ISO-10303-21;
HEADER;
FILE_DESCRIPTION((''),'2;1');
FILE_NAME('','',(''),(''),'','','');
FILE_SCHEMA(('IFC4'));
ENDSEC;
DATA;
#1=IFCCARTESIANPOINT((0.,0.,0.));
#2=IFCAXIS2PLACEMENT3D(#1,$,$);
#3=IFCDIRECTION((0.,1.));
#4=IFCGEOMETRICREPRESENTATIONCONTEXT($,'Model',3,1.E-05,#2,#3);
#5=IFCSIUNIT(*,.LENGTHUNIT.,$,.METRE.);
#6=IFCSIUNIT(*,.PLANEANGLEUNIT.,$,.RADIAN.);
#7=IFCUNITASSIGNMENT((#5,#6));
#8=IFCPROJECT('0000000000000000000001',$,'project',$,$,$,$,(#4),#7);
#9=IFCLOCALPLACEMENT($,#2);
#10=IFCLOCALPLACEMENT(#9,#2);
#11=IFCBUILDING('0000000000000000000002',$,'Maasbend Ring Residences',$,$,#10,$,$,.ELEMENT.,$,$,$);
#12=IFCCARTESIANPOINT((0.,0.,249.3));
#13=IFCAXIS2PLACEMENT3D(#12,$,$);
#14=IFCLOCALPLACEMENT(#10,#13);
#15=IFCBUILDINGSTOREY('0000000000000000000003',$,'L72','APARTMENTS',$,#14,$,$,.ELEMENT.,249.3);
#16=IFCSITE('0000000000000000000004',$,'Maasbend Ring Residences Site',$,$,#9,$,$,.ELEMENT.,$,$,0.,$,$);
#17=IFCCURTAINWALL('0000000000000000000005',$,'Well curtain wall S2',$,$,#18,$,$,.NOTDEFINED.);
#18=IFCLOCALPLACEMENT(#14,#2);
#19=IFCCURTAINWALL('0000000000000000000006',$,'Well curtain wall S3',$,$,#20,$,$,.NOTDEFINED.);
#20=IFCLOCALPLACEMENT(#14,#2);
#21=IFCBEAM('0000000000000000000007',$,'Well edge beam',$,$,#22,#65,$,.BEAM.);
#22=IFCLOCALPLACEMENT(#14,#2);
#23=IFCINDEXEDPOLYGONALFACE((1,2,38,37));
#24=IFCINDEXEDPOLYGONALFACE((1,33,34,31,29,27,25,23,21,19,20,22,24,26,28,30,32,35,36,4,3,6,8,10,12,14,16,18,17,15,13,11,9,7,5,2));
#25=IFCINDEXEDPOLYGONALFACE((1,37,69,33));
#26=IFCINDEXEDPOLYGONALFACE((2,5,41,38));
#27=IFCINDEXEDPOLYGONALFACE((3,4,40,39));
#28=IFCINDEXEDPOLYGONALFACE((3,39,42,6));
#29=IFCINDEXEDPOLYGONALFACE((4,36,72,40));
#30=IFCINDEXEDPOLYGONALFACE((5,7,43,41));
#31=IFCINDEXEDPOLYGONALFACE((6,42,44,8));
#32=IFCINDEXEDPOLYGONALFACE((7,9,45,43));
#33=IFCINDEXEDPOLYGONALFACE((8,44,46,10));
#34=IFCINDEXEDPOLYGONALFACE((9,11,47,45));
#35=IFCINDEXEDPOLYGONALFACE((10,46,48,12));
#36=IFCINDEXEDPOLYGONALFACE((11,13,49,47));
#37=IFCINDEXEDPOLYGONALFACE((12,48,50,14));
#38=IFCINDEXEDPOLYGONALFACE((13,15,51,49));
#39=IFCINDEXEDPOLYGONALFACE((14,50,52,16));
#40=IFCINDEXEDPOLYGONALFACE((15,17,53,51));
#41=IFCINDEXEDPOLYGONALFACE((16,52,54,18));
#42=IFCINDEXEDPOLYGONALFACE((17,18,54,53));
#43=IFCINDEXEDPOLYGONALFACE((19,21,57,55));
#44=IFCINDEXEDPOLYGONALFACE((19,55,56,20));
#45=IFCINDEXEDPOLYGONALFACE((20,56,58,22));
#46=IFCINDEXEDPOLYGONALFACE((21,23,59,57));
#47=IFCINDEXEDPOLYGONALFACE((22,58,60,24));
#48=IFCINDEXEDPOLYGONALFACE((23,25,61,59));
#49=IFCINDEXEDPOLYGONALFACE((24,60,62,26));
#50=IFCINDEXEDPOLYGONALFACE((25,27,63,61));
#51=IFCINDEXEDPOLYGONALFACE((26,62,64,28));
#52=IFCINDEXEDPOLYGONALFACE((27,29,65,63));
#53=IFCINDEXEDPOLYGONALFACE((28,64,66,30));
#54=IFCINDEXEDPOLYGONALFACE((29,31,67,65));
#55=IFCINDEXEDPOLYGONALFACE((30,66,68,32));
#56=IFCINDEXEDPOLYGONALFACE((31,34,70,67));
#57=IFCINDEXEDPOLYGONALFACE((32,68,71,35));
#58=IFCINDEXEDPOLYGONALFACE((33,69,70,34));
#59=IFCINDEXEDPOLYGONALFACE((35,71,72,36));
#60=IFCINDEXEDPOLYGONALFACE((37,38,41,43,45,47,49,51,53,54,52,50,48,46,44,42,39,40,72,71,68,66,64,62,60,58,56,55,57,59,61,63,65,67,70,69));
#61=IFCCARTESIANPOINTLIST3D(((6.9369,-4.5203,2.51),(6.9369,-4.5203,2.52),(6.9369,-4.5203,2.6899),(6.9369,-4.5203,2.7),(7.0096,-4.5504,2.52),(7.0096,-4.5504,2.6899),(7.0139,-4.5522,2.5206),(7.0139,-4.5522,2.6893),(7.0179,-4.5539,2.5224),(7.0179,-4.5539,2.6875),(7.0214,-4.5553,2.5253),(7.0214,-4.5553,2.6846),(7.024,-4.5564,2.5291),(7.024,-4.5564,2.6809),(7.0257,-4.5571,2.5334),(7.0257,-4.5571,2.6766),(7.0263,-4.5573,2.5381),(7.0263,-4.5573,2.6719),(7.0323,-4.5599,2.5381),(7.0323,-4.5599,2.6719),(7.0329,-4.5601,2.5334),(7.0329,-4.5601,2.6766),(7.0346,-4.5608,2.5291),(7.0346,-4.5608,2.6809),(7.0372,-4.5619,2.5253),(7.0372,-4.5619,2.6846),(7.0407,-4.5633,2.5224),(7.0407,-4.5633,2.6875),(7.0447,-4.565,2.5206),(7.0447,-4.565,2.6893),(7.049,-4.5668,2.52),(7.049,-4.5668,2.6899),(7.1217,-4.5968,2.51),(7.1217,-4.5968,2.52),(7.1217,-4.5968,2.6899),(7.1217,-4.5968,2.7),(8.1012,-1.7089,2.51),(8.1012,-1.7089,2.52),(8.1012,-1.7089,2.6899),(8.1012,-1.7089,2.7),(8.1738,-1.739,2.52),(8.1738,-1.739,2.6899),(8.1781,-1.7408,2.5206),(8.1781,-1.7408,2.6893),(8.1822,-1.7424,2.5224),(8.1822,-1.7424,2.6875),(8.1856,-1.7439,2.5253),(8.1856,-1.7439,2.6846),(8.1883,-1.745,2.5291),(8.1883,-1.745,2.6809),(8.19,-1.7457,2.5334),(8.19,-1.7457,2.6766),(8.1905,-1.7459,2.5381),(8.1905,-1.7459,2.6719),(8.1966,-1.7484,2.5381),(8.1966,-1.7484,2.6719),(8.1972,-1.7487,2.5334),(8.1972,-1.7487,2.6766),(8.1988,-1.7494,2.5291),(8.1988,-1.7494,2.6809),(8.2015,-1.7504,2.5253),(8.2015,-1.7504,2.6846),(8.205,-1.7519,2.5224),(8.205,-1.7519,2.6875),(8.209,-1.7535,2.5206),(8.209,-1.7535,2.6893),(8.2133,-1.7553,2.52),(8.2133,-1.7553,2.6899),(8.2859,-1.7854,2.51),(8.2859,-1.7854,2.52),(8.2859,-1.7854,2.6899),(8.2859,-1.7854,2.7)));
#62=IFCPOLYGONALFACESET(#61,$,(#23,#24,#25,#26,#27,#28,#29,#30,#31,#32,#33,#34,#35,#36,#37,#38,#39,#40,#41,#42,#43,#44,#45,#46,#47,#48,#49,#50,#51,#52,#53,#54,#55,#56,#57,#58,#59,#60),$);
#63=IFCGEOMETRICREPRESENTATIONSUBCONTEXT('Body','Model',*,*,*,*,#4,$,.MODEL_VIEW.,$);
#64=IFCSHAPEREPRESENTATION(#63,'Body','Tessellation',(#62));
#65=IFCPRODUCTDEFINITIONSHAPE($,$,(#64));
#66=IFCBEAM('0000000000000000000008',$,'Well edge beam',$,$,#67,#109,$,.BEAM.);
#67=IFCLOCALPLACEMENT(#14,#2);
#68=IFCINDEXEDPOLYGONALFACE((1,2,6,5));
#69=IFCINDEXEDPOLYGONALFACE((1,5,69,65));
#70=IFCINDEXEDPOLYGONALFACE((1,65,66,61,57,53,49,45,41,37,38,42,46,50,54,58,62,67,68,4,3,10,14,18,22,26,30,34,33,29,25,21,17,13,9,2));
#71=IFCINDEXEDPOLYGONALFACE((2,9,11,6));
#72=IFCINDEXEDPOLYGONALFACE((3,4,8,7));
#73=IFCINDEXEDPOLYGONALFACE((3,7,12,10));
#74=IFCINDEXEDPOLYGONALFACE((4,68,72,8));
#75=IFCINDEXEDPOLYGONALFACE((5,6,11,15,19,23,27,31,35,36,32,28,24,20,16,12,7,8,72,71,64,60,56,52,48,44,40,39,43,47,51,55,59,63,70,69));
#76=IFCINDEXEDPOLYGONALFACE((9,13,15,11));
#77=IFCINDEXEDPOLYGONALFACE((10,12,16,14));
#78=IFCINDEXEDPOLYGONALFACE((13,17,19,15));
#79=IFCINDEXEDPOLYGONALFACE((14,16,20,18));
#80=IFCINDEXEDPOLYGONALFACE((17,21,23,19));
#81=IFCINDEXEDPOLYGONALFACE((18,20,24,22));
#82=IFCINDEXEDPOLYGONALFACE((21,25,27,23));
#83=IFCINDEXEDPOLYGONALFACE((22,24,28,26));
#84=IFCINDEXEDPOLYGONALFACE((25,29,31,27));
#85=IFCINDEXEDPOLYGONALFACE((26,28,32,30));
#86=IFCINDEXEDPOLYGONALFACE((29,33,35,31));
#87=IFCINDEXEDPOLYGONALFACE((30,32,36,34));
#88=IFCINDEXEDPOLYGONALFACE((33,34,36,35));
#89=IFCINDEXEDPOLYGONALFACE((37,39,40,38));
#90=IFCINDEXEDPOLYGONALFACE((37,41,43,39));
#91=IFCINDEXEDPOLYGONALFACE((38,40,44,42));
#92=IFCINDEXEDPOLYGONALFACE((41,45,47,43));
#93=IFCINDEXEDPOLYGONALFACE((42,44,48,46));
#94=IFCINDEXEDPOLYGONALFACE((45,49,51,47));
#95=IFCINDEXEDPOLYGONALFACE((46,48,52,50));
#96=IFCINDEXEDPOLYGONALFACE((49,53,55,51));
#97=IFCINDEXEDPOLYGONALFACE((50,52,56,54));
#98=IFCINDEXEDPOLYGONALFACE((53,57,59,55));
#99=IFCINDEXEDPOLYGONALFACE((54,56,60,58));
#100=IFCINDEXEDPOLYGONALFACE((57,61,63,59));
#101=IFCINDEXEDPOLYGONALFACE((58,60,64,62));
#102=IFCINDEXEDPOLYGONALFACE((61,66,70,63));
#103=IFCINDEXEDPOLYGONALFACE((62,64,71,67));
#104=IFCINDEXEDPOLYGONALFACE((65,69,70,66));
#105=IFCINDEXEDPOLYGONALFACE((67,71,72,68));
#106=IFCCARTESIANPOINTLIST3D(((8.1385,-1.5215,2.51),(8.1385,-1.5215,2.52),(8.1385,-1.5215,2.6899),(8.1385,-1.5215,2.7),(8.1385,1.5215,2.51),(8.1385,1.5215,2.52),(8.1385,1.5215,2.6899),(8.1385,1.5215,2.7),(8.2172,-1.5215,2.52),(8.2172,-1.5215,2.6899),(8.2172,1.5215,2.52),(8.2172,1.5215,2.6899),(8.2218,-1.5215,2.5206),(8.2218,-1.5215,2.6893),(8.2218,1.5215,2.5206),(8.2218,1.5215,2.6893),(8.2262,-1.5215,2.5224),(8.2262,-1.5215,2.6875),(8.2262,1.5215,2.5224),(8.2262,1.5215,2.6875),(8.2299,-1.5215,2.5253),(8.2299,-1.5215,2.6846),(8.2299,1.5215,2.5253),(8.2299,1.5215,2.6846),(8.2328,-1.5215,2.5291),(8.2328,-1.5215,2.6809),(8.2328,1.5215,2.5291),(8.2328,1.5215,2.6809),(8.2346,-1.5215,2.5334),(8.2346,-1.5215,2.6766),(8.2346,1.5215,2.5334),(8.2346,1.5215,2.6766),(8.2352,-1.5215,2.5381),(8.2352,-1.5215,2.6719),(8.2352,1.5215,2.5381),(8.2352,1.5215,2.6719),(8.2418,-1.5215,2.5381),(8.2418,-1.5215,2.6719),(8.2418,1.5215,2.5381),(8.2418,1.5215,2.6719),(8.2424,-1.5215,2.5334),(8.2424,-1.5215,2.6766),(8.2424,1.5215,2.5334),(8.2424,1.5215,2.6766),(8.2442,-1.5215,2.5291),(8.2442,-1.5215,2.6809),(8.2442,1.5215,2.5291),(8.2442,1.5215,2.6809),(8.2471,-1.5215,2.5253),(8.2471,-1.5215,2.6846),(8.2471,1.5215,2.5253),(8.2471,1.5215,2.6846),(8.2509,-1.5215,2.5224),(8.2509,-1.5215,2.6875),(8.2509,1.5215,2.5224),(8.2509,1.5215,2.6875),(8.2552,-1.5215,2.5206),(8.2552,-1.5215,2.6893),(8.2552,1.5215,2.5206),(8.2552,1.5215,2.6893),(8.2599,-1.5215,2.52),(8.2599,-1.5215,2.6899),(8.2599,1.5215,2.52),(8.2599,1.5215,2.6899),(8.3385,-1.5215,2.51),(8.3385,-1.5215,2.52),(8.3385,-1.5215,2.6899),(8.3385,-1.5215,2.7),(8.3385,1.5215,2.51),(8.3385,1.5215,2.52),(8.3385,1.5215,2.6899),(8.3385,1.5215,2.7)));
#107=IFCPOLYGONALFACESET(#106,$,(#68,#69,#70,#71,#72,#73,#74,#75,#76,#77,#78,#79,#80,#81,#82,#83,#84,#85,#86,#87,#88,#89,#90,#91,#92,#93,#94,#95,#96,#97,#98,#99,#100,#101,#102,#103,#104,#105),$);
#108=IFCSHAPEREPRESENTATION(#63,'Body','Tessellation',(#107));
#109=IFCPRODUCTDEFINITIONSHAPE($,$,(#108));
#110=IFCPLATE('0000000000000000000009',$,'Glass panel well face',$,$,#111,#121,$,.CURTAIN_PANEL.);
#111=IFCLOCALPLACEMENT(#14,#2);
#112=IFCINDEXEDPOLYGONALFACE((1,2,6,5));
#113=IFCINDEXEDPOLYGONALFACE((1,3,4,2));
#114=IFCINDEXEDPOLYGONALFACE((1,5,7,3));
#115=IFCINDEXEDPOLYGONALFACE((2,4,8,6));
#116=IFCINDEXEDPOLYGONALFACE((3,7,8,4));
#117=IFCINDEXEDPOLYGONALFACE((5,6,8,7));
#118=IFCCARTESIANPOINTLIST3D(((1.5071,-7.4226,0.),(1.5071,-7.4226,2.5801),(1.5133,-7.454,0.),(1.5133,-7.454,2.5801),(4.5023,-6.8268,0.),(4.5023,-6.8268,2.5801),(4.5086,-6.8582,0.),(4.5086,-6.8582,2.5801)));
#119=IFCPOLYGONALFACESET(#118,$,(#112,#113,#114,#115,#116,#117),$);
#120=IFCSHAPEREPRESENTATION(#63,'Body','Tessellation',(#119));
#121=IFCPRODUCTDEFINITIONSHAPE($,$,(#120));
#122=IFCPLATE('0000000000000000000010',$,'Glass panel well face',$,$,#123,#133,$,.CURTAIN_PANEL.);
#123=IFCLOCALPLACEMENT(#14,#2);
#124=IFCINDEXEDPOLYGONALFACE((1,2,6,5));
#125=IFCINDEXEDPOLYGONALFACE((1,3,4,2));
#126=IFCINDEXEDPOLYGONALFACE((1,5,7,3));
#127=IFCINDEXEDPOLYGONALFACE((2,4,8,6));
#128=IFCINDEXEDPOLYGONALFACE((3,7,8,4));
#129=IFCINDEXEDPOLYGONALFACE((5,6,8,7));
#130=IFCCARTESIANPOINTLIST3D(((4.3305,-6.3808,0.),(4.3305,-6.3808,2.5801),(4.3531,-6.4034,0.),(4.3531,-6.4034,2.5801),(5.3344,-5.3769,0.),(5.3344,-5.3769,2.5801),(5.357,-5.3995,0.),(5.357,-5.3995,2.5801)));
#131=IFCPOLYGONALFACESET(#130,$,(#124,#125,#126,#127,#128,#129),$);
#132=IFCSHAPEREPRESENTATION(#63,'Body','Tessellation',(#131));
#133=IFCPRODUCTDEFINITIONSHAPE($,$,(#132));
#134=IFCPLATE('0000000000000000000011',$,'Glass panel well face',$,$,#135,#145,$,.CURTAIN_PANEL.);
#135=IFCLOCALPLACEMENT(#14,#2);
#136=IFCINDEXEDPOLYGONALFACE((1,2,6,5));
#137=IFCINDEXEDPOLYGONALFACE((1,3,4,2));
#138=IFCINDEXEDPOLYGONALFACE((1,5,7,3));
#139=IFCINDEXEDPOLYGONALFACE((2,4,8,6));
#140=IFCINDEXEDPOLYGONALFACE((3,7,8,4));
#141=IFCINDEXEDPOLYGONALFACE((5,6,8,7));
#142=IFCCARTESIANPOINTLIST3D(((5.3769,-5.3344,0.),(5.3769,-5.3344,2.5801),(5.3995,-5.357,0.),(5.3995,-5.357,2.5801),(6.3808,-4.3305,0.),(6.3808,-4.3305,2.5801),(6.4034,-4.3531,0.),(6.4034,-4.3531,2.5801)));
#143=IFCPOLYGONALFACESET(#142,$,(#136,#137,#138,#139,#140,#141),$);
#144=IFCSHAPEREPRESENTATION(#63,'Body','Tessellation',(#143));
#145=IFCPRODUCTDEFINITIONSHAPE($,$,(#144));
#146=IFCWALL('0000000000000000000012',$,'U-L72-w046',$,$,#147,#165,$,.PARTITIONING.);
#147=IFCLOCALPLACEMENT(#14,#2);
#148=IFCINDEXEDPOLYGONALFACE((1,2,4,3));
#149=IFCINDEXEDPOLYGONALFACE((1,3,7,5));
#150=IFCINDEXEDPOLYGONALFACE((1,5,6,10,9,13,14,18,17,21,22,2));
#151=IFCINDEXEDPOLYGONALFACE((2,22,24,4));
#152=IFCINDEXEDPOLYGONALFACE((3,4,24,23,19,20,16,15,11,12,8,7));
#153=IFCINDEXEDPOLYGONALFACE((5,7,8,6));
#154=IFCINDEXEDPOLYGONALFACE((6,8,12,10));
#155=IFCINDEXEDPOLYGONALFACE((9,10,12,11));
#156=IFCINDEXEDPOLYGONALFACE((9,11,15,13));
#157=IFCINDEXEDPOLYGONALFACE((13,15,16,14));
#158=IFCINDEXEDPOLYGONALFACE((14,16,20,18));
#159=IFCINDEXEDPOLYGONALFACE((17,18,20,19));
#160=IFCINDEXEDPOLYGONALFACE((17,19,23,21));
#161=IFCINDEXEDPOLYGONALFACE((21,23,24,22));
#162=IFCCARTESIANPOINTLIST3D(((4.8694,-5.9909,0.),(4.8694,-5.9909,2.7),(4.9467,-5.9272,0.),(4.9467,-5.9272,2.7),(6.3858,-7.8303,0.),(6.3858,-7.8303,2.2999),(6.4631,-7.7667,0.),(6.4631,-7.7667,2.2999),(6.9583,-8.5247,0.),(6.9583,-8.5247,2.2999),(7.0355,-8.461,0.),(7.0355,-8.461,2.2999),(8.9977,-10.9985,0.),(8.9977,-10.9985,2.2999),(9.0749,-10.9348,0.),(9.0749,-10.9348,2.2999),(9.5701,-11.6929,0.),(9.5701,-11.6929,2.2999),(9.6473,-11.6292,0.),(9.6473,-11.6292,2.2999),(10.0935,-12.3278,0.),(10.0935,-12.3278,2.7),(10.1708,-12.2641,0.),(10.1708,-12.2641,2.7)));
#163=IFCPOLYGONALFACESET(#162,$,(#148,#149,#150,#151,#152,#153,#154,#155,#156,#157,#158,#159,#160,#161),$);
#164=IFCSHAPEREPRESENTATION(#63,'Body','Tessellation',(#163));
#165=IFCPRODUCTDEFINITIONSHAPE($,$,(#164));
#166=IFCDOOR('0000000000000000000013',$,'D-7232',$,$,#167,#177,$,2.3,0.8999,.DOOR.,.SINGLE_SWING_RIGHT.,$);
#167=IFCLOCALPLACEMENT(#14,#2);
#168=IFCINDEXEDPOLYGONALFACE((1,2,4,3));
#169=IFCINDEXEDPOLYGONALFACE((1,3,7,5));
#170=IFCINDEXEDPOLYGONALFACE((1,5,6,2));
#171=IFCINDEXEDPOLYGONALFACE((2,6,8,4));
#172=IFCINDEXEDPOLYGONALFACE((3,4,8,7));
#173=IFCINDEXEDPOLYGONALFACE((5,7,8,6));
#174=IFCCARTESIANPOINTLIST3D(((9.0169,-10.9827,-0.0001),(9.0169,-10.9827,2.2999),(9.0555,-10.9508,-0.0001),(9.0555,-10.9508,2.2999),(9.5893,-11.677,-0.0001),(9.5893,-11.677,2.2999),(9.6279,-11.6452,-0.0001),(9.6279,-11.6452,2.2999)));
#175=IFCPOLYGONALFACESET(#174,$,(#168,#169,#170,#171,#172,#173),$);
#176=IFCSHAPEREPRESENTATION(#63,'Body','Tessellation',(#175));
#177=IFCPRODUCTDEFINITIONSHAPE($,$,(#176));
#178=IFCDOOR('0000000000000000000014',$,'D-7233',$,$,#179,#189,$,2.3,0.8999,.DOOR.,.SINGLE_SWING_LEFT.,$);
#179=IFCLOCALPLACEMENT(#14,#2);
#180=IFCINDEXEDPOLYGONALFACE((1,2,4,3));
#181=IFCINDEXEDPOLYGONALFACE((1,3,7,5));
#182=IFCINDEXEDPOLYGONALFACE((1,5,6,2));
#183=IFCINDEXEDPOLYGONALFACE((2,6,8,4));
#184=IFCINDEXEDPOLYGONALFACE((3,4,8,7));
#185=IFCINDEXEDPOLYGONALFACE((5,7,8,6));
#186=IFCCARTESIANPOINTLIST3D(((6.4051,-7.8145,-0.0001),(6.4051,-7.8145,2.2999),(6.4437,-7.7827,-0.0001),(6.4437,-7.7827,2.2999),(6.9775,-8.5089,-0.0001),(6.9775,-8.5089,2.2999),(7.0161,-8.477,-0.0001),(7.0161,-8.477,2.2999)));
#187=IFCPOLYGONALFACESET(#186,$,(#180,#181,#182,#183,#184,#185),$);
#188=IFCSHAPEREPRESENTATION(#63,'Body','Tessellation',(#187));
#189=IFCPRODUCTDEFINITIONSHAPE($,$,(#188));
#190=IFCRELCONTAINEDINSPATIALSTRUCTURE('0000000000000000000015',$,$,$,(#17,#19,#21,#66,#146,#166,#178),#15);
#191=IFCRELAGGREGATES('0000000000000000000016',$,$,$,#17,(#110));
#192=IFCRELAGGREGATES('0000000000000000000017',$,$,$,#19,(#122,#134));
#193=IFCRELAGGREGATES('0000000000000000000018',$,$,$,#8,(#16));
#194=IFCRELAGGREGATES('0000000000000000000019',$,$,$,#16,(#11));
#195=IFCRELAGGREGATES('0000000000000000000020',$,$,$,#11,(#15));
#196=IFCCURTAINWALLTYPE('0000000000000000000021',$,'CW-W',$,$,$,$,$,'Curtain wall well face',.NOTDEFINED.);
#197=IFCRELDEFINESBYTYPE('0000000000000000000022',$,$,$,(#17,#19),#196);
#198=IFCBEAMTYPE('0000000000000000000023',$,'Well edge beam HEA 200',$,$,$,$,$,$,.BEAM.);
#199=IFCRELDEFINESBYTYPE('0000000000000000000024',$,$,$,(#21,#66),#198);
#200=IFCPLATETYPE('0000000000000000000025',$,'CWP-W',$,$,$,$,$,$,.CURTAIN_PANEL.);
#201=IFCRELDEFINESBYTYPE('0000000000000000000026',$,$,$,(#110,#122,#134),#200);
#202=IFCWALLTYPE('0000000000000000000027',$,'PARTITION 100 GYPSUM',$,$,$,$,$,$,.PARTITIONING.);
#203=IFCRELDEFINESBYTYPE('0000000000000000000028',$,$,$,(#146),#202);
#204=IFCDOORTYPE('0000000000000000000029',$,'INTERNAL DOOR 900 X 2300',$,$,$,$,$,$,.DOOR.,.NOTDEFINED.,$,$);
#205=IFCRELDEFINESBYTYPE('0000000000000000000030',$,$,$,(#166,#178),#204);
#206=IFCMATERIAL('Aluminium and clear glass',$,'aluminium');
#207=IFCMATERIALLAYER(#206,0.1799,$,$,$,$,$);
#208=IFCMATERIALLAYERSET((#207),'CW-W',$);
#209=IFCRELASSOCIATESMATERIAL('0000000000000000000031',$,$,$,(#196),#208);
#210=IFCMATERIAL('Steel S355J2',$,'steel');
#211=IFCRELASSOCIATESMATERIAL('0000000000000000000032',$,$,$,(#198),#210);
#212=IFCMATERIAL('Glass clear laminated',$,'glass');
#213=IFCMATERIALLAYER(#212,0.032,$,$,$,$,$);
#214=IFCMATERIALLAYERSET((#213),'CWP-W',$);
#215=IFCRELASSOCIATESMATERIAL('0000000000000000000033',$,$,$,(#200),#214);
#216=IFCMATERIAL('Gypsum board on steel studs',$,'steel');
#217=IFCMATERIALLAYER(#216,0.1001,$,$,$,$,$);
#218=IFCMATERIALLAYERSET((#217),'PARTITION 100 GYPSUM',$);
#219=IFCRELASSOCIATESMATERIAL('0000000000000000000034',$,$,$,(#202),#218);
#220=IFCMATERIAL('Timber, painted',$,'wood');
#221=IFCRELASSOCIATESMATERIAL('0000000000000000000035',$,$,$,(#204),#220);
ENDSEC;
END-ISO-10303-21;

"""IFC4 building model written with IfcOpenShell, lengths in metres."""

from ifc_helpers import new_model, si_unit, direction, frame, frame_2d, origin, origin_2d, place, context, subcontext, project, spatial, rectangle, i_section, extrude, material, layer, layer_set, material_profile, profile_set, type_object, element, fill, aggregate, save


model = new_model("IFC4")

# Units and contexts
model_context = context("Model", 3, precision=1e-05, world=origin(), true_north=direction((0.0, 1.0)))
body_context = subcontext(model_context, "Body", "Model", "MODEL_VIEW")
ifc_project = project(units=[si_unit("LENGTHUNIT", "METRE"), si_unit("PLANEANGLEUNIT", "RADIAN")], contexts=[model_context])

# Site, building, storey
site_placement = place(None, origin())
site = spatial("IfcSite", under=ifc_project, at=site_placement, Name="Maasbend Ring Residences Site", CompositionType="ELEMENT", RefElevation=0.0)
building_placement = place(site_placement, origin())
building = spatial("IfcBuilding", under=site, at=building_placement, Name="Maasbend Ring Residences", CompositionType="ELEMENT")
storey_placement = place(building_placement, frame((0.0, 0.0, 249.3)))
storey = spatial("IfcBuildingStorey", under=building, at=storey_placement, Name="L72", Description="APARTMENTS", CompositionType="ELEMENT", Elevation=249.3)

# Curtain wall
ifc_material_1 = material(Name="Aluminium and clear glass", Category="aluminium")
ifc_layer_1 = layer(ifc_material_1, 0.1799)
ifc_layer_set_1 = layer_set([ifc_layer_1], Name="CW-W")
curtain_wall_type = type_object("IfcCurtainWallType", Name="CW-W", ElementType="Curtain wall well face", PredefinedType="NOTDEFINED", material=ifc_layer_set_1)
curtain_wall_1_placement = place(storey_placement, origin())
curtain_wall_1 = element("IfcCurtainWall", 1, at=curtain_wall_1_placement, inside=storey, type_object=curtain_wall_type, Name="Well curtain wall S2", PredefinedType="NOTDEFINED")

# Curtain wall
curtain_wall_2_placement = place(storey_placement, origin())
curtain_wall_2 = element("IfcCurtainWall", 2, at=curtain_wall_2_placement, inside=storey, type_object=curtain_wall_type, Name="Well curtain wall S3", PredefinedType="NOTDEFINED")

# Beams
ifc_material_2 = material(Name="Steel S355J2", Category="steel")
ifc_material_profile_1 = material_profile(ifc_material_2, i_section(OverallWidth=0.2, OverallDepth=0.1899, WebThickness=0.0066, FlangeThickness=0.01, FilletRadius=0.0181, at=origin_2d()), Name="HEA 200")
ifc_profile_set_1 = profile_set([ifc_material_profile_1], Name="Steel S355J2")
beam_type = type_object("IfcBeamType", Name="Well edge beam HEA 200", PredefinedType="BEAM", material=ifc_profile_set_1)
for number, where, z_axis, x_axis, name in (
    (3, (7.0293, -4.5586, 2.605), (0.382609, 0.92391, 0.0), (-0.92391, 0.382609, 0.0), "Well edge beam"),
    (4, (8.2385, -1.5215, 2.605), (0.0, 1.0, 0.0), (-1.0, 0.0, 0.0), "Well edge beam"),
):
    element("IfcBeam", number, at=place(storey_placement, frame(where, z_axis=z_axis, x_axis=x_axis)), inside=storey, type_object=beam_type, Name=name, PredefinedType="BEAM", context=body_context, shape_type="SweptSolid", body=[
        extrude(i_section(OverallWidth=0.2, OverallDepth=0.1899, WebThickness=0.0066, FlangeThickness=0.01, FilletRadius=0.0181, at=origin_2d()), origin(), (0.0, 0.0, 1.0), 3.043),
    ])

# Plates
ifc_material_3 = material(Name="Glass clear laminated", Category="glass")
ifc_layer_2 = layer(ifc_material_3, 0.032)
ifc_layer_set_2 = layer_set([ifc_layer_2], Name="CWP-W")
plate_type = type_object("IfcPlateType", Name="CWP-W", PredefinedType="CURTAIN_PANEL", material=ifc_layer_set_2)
plate_1_placement = place(storey_placement, frame((3.0078, -7.1404, 0.0), z_axis=(0.0, 0.0, 1.0), x_axis=(0.980785, 0.19509, 0.0)))
plate_1 = element("IfcPlate", 5, at=plate_1_placement, type_object=plate_type, Name="Glass panel well face", PredefinedType="CURTAIN_PANEL", context=body_context, shape_type="SweptSolid", body=[
    extrude(rectangle(XDim=3.054, YDim=0.032, at=origin_2d()), origin(), (0.0, 0.0, 1.0), 2.5801),
])
aggregate(curtain_wall_1, [plate_1])
plate_2_placement = place(storey_placement, frame((4.8438, -5.8901, 0.0), z_axis=(0.0, 0.0, 1.0), x_axis=(0.707107, 0.707107, 0.0)))
plate_2 = element("IfcPlate", 6, at=plate_2_placement, type_object=plate_type, Name="Glass panel well face", PredefinedType="CURTAIN_PANEL", context=body_context, shape_type="SweptSolid", body=[
    extrude(rectangle(XDim=1.4197, YDim=0.032, at=origin_2d()), origin(), (0.0, 0.0, 1.0), 2.5801),
])
plate_3_placement = place(storey_placement, frame((5.8901, -4.8438, 0.0), z_axis=(0.0, 0.0, 1.0), x_axis=(0.707107, 0.707107, 0.0)))
plate_3 = element("IfcPlate", 7, at=plate_3_placement, type_object=plate_type, Name="Glass panel well face", PredefinedType="CURTAIN_PANEL", context=body_context, shape_type="SweptSolid", body=[
    extrude(rectangle(XDim=1.4197, YDim=0.032, at=origin_2d()), origin(), (0.0, 0.0, 1.0), 2.5801),
])
aggregate(curtain_wall_2, [plate_2, plate_3])

# Wall, openings, doors
ifc_material_4 = material(Name="Gypsum board on steel studs", Category="steel")
ifc_layer_3 = layer(ifc_material_4, 0.1001)
ifc_layer_set_3 = layer_set([ifc_layer_3], Name="PARTITION 100 GYPSUM")
wall_type_1 = type_object("IfcWallType", Name="PARTITION 100 GYPSUM", PredefinedType="PARTITIONING", material=ifc_layer_set_3)
wall_1_placement = place(storey_placement, frame((4.908, -5.959, 0.0), z_axis=(0.0, 0.0, 1.0), x_axis=(0.636105, -0.771602, 0.0)))
wall_1 = element("IfcWall", 8, at=wall_1_placement, inside=storey, type_object=wall_type_1, Name="U-L72-w046", PredefinedType="PARTITIONING", context=body_context, shape_type="SweptSolid", body=[
    extrude(rectangle(XDim=8.2126, YDim=0.1001, at=frame_2d((4.1064, 0.0))), origin(), (0.0, 0.0, 1.0), 2.7),
])
opening_1_placement = place(wall_1_placement, frame((6.49, 0.0, 0.0)))
opening_1 = element("IfcOpeningElement", 9, at=opening_1_placement, cuts=wall_1, PredefinedType="OPENING", context=body_context, shape_type="SweptSolid", body=[
    extrude(rectangle(XDim=0.8999, YDim=2.3, at=frame_2d((0.45, 1.1499))), frame((0.0, 0.0601, 0.0), z_axis=(0.0, -1.0, 0.0), x_axis=(1.0, 0.0, 0.0)), (0.0, 0.0, 1.0), 0.1201),
])
opening_2_placement = place(wall_1_placement, frame((2.384, 0.0, 0.0)))
opening_2 = element("IfcOpeningElement", 10, at=opening_2_placement, cuts=wall_1, PredefinedType="OPENING", context=body_context, shape_type="SweptSolid", body=[
    extrude(rectangle(XDim=0.8999, YDim=2.3, at=frame_2d((0.45, 1.1499))), frame((0.0, 0.0601, 0.0), z_axis=(0.0, -1.0, 0.0), x_axis=(1.0, 0.0, 0.0)), (0.0, 0.0, 1.0), 0.1201),
])
ifc_material_5 = material(Name="Timber, painted", Category="wood")
door_type = type_object("IfcDoorType", Name="INTERNAL DOOR 900 X 2300", OperationType="NOTDEFINED", PredefinedType="DOOR", material=ifc_material_5)
door_1_placement = place(opening_1_placement, origin())
door_1 = element("IfcDoor", 11, at=door_1_placement, inside=storey, type_object=door_type, Name="D-7232", OperationType="SINGLE_SWING_RIGHT", OverallHeight=2.3, OverallWidth=0.8999, PredefinedType="DOOR", context=body_context, shape_type="SweptSolid", body=[
    extrude(rectangle(XDim=0.8999, YDim=2.3, at=frame_2d((0.45, 1.1499))), frame((0.0, 0.0249, 0.0), z_axis=(0.0, -1.0, 0.0), x_axis=(1.0, 0.0, 0.0)), (0.0, 0.0, 1.0), 0.05),
])
fill(opening_1, door_1)
door_2_placement = place(opening_2_placement, origin())
door_2 = element("IfcDoor", 12, at=door_2_placement, inside=storey, type_object=door_type, Name="D-7233", OperationType="SINGLE_SWING_LEFT", OverallHeight=2.3, OverallWidth=0.8999, PredefinedType="DOOR", context=body_context, shape_type="SweptSolid", body=[
    extrude(rectangle(XDim=0.8999, YDim=2.3, at=frame_2d((0.45, 1.1499))), frame((0.0, 0.0249, 0.0), z_axis=(0.0, -1.0, 0.0), x_axis=(1.0, 0.0, 0.0)), (0.0, 0.0, 1.0), 0.05),
])
fill(opening_2, door_2)

save(model, "model.ifc")
